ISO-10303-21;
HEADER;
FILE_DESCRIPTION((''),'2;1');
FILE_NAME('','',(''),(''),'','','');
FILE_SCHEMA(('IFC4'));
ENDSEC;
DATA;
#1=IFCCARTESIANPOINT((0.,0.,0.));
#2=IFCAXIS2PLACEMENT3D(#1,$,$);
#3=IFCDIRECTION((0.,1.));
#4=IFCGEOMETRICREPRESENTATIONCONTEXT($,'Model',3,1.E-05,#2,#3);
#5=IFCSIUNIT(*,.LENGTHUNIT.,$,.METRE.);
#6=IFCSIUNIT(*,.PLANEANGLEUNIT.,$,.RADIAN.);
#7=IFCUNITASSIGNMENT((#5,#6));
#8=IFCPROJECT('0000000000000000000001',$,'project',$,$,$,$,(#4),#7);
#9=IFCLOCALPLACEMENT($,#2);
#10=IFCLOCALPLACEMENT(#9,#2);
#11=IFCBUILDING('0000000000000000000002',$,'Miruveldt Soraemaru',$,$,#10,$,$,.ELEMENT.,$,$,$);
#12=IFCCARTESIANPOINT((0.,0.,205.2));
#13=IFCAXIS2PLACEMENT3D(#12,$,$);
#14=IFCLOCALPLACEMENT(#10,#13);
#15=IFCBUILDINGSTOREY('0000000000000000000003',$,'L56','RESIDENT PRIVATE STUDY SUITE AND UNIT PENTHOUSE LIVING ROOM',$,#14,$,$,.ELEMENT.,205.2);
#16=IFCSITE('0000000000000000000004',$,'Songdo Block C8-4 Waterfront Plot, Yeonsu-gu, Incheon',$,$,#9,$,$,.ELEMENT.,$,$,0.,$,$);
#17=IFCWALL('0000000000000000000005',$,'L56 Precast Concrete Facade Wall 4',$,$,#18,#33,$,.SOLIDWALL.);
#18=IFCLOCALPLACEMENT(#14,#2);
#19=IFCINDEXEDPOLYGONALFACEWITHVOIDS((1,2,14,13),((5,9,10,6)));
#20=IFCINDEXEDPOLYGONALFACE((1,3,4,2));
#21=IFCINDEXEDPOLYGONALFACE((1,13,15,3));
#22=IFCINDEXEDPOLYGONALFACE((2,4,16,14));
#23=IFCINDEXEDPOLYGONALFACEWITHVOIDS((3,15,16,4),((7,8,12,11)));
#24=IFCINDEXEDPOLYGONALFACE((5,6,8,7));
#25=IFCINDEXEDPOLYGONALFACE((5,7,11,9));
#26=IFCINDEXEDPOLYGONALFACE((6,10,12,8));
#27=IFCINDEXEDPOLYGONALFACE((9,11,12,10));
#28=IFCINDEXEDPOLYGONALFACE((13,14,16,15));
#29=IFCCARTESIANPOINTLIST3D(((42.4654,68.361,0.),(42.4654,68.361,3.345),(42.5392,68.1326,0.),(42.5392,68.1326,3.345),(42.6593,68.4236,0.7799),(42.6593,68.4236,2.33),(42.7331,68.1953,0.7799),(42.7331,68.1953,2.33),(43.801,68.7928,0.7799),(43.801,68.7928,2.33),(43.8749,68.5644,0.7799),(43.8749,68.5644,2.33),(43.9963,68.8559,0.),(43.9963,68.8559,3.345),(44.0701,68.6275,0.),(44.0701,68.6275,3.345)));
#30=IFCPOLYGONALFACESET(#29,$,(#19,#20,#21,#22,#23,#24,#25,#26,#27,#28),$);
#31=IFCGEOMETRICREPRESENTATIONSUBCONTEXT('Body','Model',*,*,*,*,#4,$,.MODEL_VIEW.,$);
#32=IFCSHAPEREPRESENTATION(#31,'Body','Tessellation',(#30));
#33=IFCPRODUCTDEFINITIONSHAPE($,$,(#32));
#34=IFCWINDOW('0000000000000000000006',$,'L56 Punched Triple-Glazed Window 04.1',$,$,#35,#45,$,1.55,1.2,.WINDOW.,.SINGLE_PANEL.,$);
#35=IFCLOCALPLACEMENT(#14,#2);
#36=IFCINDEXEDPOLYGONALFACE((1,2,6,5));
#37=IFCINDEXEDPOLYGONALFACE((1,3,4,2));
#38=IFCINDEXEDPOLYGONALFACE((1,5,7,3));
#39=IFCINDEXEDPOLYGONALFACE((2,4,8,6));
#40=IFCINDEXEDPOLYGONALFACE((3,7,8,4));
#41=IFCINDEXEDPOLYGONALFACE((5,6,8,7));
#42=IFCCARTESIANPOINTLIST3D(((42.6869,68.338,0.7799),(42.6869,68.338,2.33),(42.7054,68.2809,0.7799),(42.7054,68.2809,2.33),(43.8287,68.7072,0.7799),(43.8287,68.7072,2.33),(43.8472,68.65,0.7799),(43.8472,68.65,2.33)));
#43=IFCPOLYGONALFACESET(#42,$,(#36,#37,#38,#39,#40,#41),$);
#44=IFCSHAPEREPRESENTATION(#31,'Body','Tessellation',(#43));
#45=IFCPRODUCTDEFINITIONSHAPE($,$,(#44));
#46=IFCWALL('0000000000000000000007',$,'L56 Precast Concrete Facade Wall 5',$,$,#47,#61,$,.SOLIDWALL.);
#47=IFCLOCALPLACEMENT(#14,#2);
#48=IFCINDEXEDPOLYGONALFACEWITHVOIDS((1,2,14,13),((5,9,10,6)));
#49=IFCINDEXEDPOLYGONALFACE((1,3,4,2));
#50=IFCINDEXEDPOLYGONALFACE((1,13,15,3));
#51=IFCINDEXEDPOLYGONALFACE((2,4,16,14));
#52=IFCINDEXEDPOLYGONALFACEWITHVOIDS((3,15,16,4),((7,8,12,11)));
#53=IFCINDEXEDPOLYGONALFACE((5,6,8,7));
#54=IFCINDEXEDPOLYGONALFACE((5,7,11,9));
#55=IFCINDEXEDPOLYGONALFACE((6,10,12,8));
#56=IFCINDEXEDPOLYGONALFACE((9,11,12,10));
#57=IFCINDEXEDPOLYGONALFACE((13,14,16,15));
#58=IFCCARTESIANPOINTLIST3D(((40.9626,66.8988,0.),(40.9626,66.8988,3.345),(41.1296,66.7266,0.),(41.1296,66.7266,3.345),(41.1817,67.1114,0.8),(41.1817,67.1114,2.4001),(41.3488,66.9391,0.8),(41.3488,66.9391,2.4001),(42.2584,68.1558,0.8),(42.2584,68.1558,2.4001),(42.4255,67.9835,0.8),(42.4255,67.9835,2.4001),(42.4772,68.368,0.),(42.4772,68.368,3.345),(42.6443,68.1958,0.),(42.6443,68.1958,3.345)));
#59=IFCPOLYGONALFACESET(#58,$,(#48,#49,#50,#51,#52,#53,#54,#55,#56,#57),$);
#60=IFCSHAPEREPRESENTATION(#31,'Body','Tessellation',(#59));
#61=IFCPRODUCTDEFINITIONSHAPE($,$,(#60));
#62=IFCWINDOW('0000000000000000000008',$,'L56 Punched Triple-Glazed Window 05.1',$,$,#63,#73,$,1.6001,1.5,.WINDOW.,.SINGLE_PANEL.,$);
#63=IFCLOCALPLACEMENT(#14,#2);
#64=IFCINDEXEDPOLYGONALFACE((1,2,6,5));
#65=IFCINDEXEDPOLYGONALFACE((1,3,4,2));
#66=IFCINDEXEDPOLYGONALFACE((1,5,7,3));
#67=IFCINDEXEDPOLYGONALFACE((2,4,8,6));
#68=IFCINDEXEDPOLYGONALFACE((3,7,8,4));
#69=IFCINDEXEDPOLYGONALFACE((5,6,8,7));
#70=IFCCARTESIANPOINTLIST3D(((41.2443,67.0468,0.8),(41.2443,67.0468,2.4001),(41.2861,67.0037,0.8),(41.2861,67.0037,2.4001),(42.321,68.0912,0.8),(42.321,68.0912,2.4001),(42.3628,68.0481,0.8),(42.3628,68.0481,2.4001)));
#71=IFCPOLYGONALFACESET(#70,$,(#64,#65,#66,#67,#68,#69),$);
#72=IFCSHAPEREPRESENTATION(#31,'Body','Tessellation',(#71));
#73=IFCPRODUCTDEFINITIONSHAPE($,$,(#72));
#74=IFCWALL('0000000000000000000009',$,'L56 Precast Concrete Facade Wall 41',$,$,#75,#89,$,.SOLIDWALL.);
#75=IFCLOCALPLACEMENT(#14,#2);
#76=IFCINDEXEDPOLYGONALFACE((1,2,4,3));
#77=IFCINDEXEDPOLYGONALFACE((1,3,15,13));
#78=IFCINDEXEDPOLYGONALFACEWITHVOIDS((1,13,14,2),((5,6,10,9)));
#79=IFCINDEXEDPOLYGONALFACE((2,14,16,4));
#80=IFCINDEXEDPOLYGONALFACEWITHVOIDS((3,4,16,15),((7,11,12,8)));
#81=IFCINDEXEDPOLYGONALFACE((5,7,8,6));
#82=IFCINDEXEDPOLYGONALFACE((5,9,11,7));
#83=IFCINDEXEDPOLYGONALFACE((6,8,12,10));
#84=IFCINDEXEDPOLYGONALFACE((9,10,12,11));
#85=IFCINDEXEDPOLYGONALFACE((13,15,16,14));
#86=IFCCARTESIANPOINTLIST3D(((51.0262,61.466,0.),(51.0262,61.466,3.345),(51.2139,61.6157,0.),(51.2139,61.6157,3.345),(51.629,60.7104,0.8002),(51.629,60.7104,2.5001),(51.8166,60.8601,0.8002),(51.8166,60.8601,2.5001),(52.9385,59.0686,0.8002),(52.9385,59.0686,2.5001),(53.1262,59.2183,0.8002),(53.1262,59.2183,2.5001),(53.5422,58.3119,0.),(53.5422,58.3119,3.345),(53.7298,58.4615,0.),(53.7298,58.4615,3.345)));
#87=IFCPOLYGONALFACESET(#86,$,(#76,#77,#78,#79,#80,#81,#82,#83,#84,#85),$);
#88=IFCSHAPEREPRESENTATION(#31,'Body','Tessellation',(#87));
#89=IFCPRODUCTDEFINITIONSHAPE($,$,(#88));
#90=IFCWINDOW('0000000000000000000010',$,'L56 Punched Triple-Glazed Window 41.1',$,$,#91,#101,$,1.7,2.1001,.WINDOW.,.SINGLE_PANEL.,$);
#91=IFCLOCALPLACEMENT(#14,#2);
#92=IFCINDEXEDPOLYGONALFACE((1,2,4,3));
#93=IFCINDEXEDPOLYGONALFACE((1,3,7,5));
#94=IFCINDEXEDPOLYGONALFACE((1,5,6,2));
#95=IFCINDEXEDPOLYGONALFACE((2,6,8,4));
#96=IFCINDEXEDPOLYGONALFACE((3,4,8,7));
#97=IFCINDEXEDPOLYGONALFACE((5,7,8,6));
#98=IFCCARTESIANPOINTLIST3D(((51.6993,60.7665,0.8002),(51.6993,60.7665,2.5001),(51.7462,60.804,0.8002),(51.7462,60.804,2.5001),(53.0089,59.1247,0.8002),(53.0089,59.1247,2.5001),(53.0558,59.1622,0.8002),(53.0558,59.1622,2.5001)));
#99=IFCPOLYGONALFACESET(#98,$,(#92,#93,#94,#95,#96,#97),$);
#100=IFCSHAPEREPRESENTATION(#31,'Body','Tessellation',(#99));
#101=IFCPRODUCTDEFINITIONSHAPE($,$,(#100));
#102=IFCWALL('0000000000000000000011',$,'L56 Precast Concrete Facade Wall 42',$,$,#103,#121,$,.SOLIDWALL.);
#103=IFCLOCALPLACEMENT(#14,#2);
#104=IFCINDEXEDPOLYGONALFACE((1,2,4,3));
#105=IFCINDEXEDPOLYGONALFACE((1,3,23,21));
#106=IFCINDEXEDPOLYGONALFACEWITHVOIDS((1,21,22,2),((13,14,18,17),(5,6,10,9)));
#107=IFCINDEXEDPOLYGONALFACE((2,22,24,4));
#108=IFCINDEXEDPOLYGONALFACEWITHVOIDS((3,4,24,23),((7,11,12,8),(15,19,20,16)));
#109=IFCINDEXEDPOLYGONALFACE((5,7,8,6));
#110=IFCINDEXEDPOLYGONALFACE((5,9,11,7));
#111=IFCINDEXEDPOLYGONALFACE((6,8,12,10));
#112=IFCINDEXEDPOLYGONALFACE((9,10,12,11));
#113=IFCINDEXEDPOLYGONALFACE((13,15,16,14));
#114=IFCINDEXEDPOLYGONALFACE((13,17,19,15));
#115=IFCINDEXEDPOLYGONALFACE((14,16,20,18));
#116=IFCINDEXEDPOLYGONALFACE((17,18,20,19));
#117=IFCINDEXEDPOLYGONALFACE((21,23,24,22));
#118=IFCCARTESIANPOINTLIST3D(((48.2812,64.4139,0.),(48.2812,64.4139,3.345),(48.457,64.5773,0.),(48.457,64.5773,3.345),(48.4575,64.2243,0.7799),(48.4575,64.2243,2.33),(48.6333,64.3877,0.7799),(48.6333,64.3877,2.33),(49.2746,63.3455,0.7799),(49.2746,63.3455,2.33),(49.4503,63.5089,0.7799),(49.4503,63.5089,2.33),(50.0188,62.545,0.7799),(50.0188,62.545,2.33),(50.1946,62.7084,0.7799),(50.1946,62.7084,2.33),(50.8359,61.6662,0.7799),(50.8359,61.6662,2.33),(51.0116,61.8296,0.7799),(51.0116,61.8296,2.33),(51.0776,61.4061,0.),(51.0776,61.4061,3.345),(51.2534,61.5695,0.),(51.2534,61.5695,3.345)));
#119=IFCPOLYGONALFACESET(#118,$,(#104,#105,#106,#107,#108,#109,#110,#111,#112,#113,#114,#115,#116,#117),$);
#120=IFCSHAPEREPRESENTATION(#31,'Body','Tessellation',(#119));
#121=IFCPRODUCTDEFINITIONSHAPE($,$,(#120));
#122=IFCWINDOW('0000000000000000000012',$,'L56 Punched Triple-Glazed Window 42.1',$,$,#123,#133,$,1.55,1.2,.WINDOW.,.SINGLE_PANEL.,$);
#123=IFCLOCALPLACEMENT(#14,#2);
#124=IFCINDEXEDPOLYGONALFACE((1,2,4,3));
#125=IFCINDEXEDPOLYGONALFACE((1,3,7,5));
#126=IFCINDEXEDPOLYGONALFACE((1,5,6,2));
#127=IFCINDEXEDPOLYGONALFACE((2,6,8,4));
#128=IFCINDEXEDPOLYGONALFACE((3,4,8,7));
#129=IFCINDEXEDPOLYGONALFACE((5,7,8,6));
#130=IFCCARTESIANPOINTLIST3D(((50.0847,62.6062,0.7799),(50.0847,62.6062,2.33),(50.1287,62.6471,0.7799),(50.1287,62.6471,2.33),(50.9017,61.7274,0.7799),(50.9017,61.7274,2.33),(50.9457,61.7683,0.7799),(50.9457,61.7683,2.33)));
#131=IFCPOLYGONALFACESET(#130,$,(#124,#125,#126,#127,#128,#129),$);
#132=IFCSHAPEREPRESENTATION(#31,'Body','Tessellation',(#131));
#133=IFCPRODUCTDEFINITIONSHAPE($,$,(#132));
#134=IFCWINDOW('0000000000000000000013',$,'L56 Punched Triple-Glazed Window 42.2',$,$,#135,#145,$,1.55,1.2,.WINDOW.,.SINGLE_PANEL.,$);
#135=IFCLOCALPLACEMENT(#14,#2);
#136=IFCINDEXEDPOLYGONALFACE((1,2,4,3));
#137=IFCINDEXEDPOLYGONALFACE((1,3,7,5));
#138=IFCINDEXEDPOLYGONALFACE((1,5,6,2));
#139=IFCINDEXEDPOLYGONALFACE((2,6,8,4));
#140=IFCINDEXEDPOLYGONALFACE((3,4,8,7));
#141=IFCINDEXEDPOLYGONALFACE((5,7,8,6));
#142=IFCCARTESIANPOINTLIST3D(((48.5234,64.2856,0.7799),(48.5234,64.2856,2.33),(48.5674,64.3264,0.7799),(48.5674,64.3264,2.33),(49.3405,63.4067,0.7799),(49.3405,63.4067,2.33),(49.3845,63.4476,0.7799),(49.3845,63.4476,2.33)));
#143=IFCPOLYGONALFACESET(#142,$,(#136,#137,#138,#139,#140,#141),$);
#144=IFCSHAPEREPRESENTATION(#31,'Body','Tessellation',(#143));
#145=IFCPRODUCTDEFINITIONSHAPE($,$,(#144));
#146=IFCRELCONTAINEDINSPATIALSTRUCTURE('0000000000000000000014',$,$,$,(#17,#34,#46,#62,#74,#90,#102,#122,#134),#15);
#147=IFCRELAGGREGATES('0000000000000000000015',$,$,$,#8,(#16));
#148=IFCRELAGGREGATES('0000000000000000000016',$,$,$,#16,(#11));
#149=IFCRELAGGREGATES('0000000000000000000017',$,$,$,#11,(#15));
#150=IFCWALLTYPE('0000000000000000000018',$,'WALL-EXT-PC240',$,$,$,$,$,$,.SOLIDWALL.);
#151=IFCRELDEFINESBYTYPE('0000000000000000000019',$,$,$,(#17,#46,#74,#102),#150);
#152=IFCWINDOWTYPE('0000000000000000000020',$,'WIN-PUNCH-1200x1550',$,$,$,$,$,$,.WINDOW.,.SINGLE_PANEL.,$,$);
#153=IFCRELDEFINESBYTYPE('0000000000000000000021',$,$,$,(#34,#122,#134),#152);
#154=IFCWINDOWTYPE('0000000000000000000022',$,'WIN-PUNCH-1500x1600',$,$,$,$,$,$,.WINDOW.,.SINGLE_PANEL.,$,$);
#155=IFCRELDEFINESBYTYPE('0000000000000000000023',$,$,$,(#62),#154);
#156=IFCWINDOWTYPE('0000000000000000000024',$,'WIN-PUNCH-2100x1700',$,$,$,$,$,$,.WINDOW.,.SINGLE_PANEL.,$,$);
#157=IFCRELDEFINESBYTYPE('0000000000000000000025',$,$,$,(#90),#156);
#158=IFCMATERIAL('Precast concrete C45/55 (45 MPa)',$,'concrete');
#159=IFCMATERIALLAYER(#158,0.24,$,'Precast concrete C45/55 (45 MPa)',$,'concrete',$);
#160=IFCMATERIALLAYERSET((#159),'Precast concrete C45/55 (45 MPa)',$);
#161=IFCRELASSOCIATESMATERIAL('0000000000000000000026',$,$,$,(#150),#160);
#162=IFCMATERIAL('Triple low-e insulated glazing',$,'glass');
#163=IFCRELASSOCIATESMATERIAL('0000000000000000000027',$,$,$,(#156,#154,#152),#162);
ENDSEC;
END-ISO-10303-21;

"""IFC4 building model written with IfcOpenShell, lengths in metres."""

from ifc_helpers import new_model, si_unit, direction, frame, frame_2d, origin, place, context, subcontext, project, spatial, rectangle, extrude, material, layer, layer_set, type_object, element, fill, save


model = new_model("IFC4")

# Units and contexts
model_context = context("Model", 3, precision=1e-05, world=origin(), true_north=direction((0.0, 1.0)))
body_context = subcontext(model_context, "Body", "Model", "MODEL_VIEW")
ifc_project = project(units=[si_unit("LENGTHUNIT", "METRE"), si_unit("PLANEANGLEUNIT", "RADIAN")], contexts=[model_context])

# Site, building, storey
site_placement = place(None, origin())
site = spatial("IfcSite", under=ifc_project, at=site_placement, Name="Songdo Block C8-4 Waterfront Plot, Yeonsu-gu, Incheon", CompositionType="ELEMENT", RefElevation=0.0)
building_placement = place(site_placement, origin())
building = spatial("IfcBuilding", under=site, at=building_placement, Name="Miruveldt Soraemaru", CompositionType="ELEMENT")
storey_placement = place(building_placement, frame((0.0, 0.0, 205.2)))
storey = spatial("IfcBuildingStorey", under=building, at=storey_placement, Name="L56", Description="RESIDENT PRIVATE STUDY SUITE AND UNIT PENTHOUSE LIVING ROOM", CompositionType="ELEMENT", Elevation=205.2)

# Walls, openings, windows
ifc_material_1 = material(Name="Precast concrete C45/55 (45 MPa)", Category="concrete")
ifc_layer_1 = layer(ifc_material_1, 0.24, Name="Precast concrete C45/55 (45 MPa)", Category="concrete")
ifc_layer_set_1 = layer_set([ifc_layer_1], Name="Precast concrete C45/55 (45 MPa)")
wall_type_1 = type_object("IfcWallType", Name="WALL-EXT-PC240", PredefinedType="SOLIDWALL", material=ifc_layer_set_1)
ifc_material_2 = material(Name="Triple low-e insulated glazing", Category="glass")
window_type_1 = type_object("IfcWindowType", Name="WIN-PUNCH-2100x1700", PartitioningType="SINGLE_PANEL", PredefinedType="WINDOW", material=ifc_material_2)
window_type_2 = type_object("IfcWindowType", Name="WIN-PUNCH-1500x1600", PartitioningType="SINGLE_PANEL", PredefinedType="WINDOW", material=ifc_material_2)
window_type_3 = type_object("IfcWindowType", Name="WIN-PUNCH-1200x1550", PartitioningType="SINGLE_PANEL", PredefinedType="WINDOW", material=ifc_material_2)
wall_1_placement = place(storey_placement, frame((44.0332, 68.7417, 0.0), z_axis=(0.0, 0.0, 1.0), x_axis=(-0.951512, -0.30761, 0.0)))
wall_1 = element("IfcWall", 1, at=wall_1_placement, inside=storey, type_object=wall_type_1, Name="L56 Precast Concrete Facade Wall 4", PredefinedType="SOLIDWALL", context=body_context, shape_type="SweptSolid", body=[
    extrude(rectangle(XDim=1.6089, YDim=0.24, at=frame_2d((0.8044, 0.0))), origin(), (0.0, 0.0, 1.0), 3.345),
])
opening_1_placement = place(wall_1_placement, frame((0.2051, 0.0, 0.78)))
opening_1 = element("IfcOpeningElement", 2, at=opening_1_placement, cuts=wall_1, PredefinedType="OPENING", context=body_context, shape_type="SweptSolid", body=[
    extrude(rectangle(XDim=1.2, YDim=1.55, at=frame_2d((0.6001, 0.7749))), frame((0.0, 0.1299, 0.0), z_axis=(0.0, -1.0, 0.0), x_axis=(1.0, 0.0, 0.0)), (0.0, 0.0, 1.0), 0.26),
])
window_1_placement = place(opening_1_placement, origin())
window_1 = element("IfcWindow", 3, at=window_1_placement, inside=storey, type_object=window_type_3, Name="L56 Punched Triple-Glazed Window 04.1", OverallHeight=1.55, OverallWidth=1.2, PartitioningType="SINGLE_PANEL", PredefinedType="WINDOW", context=body_context, shape_type="SweptSolid", body=[
    extrude(rectangle(XDim=1.2, YDim=1.55, at=frame_2d((0.6001, 0.7749))), frame((0.0, 0.03, 0.0), z_axis=(0.0, -1.0, 0.0), x_axis=(1.0, 0.0, 0.0)), (0.0, 0.0, 1.0), 0.0601),
])
fill(opening_1, window_1)
wall_2_placement = place(storey_placement, frame((42.5608, 68.282, 0.0), z_axis=(0.0, 0.0, 1.0), x_axis=(-0.717785, -0.696265, 0.0)))
wall_2 = element("IfcWall", 4, at=wall_2_placement, inside=storey, type_object=wall_type_1, Name="L56 Precast Concrete Facade Wall 5", PredefinedType="SOLIDWALL", context=body_context, shape_type="SweptSolid", body=[
    extrude(rectangle(XDim=2.1101, YDim=0.24, at=frame_2d((1.0552, 0.0))), origin(), (0.0, 0.0, 1.0), 3.345),
])
opening_2_placement = place(wall_2_placement, frame((0.3049, 0.0, 0.8)))
opening_2 = element("IfcOpeningElement", 5, at=opening_2_placement, cuts=wall_2, PredefinedType="OPENING", context=body_context, shape_type="SweptSolid", body=[
    extrude(rectangle(XDim=1.5, YDim=1.6001, at=frame_2d((0.75, 0.8))), frame((0.0, 0.1299, 0.0), z_axis=(0.0, -1.0, 0.0), x_axis=(1.0, 0.0, 0.0)), (0.0, 0.0, 1.0), 0.26),
])
window_2_placement = place(opening_2_placement, origin())
window_2 = element("IfcWindow", 6, at=window_2_placement, inside=storey, type_object=window_type_2, Name="L56 Punched Triple-Glazed Window 05.1", OverallHeight=1.6001, OverallWidth=1.5, PartitioningType="SINGLE_PANEL", PredefinedType="WINDOW", context=body_context, shape_type="SweptSolid", body=[
    extrude(rectangle(XDim=1.5, YDim=1.6001, at=frame_2d((0.75, 0.8))), frame((0.0, 0.03, 0.0), z_axis=(0.0, -1.0, 0.0), x_axis=(1.0, 0.0, 0.0)), (0.0, 0.0, 1.0), 0.0601),
])
fill(opening_2, window_2)
wall_3_placement = place(storey_placement, frame((53.636, 58.3867, 0.0), z_axis=(0.0, 0.0, 1.0), x_axis=(-0.62358, 0.781759, 0.0)))
wall_3 = element("IfcWall", 7, at=wall_3_placement, inside=storey, type_object=wall_type_1, Name="L56 Precast Concrete Facade Wall 41", PredefinedType="SOLIDWALL", context=body_context, shape_type="SweptSolid", body=[
    extrude(rectangle(XDim=4.0347, YDim=0.24, at=frame_2d((2.0173, 0.0))), origin(), (0.0, 0.0, 1.0), 3.345),
])
opening_3_placement = place(wall_3_placement, frame((0.968, 0.0, 0.8)))
opening_3 = element("IfcOpeningElement", 8, at=opening_3_placement, cuts=wall_3, PredefinedType="OPENING", context=body_context, shape_type="SweptSolid", body=[
    extrude(rectangle(XDim=2.1001, YDim=1.7, at=frame_2d((1.05, 0.8501))), frame((0.0, 0.1299, 0.0), z_axis=(0.0, -1.0, 0.0), x_axis=(1.0, 0.0, 0.0)), (0.0, 0.0, 1.0), 0.26),
])
window_3_placement = place(opening_3_placement, origin())
window_3 = element("IfcWindow", 9, at=window_3_placement, inside=storey, type_object=window_type_1, Name="L56 Punched Triple-Glazed Window 41.1", OverallHeight=1.7, OverallWidth=2.1001, PartitioningType="SINGLE_PANEL", PredefinedType="WINDOW", context=body_context, shape_type="SweptSolid", body=[
    extrude(rectangle(XDim=2.1001, YDim=1.7, at=frame_2d((1.05, 0.8501))), frame((0.0, 0.03, 0.0), z_axis=(0.0, -1.0, 0.0), x_axis=(1.0, 0.0, 0.0)), (0.0, 0.0, 1.0), 0.0601),
])
fill(opening_3, window_3)

# Wall, openings, windows
wall_4_placement = place(storey_placement, frame((51.1655, 61.4878, 0.0), z_axis=(0.0, 0.0, 1.0), x_axis=(-0.680898, 0.732378, 0.0)))
wall_4 = element("IfcWall", 10, at=wall_4_placement, inside=storey, type_object=wall_type_1, Name="L56 Precast Concrete Facade Wall 42", PredefinedType="SOLIDWALL", context=body_context, shape_type="SweptSolid", body=[
    extrude(rectangle(XDim=4.1069, YDim=0.24, at=frame_2d((2.0535, 0.0))), origin(), (0.0, 0.0, 1.0), 3.345),
])
opening_4_placement = place(wall_4_placement, frame((0.355, 0.0, 0.78)))
opening_4 = element("IfcOpeningElement", 11, at=opening_4_placement, cuts=wall_4, PredefinedType="OPENING", context=body_context, shape_type="SweptSolid", body=[
    extrude(rectangle(XDim=1.2, YDim=1.55, at=frame_2d((0.6001, 0.7749))), frame((0.0, 0.1299, 0.0), z_axis=(0.0, -1.0, 0.0), x_axis=(1.0, 0.0, 0.0)), (0.0, 0.0, 1.0), 0.26),
])
opening_5_placement = place(wall_4_placement, frame((2.6479, 0.0, 0.78)))
opening_5 = element("IfcOpeningElement", 12, at=opening_5_placement, cuts=wall_4, PredefinedType="OPENING", context=body_context, shape_type="SweptSolid", body=[
    extrude(rectangle(XDim=1.2, YDim=1.55, at=frame_2d((0.6001, 0.7749))), frame((0.0, 0.1299, 0.0), z_axis=(0.0, -1.0, 0.0), x_axis=(1.0, 0.0, 0.0)), (0.0, 0.0, 1.0), 0.26),
])
window_4_placement = place(opening_4_placement, origin())
window_4 = element("IfcWindow", 13, at=window_4_placement, inside=storey, type_object=window_type_3, Name="L56 Punched Triple-Glazed Window 42.1", OverallHeight=1.55, OverallWidth=1.2, PartitioningType="SINGLE_PANEL", PredefinedType="WINDOW", context=body_context, shape_type="SweptSolid", body=[
    extrude(rectangle(XDim=1.2, YDim=1.55, at=frame_2d((0.6001, 0.7749))), frame((0.0, 0.03, 0.0), z_axis=(0.0, -1.0, 0.0), x_axis=(1.0, 0.0, 0.0)), (0.0, 0.0, 1.0), 0.0601),
])
fill(opening_4, window_4)
window_5_placement = place(opening_5_placement, origin())
window_5 = element("IfcWindow", 14, at=window_5_placement, inside=storey, type_object=window_type_3, Name="L56 Punched Triple-Glazed Window 42.2", OverallHeight=1.55, OverallWidth=1.2, PartitioningType="SINGLE_PANEL", PredefinedType="WINDOW", context=body_context, shape_type="SweptSolid", body=[
    extrude(rectangle(XDim=1.2, YDim=1.55, at=frame_2d((0.6001, 0.7749))), frame((0.0, 0.03, 0.0), z_axis=(0.0, -1.0, 0.0), x_axis=(1.0, 0.0, 0.0)), (0.0, 0.0, 1.0), 0.0601),
])
fill(opening_5, window_5)

save(model, "model.ifc")
